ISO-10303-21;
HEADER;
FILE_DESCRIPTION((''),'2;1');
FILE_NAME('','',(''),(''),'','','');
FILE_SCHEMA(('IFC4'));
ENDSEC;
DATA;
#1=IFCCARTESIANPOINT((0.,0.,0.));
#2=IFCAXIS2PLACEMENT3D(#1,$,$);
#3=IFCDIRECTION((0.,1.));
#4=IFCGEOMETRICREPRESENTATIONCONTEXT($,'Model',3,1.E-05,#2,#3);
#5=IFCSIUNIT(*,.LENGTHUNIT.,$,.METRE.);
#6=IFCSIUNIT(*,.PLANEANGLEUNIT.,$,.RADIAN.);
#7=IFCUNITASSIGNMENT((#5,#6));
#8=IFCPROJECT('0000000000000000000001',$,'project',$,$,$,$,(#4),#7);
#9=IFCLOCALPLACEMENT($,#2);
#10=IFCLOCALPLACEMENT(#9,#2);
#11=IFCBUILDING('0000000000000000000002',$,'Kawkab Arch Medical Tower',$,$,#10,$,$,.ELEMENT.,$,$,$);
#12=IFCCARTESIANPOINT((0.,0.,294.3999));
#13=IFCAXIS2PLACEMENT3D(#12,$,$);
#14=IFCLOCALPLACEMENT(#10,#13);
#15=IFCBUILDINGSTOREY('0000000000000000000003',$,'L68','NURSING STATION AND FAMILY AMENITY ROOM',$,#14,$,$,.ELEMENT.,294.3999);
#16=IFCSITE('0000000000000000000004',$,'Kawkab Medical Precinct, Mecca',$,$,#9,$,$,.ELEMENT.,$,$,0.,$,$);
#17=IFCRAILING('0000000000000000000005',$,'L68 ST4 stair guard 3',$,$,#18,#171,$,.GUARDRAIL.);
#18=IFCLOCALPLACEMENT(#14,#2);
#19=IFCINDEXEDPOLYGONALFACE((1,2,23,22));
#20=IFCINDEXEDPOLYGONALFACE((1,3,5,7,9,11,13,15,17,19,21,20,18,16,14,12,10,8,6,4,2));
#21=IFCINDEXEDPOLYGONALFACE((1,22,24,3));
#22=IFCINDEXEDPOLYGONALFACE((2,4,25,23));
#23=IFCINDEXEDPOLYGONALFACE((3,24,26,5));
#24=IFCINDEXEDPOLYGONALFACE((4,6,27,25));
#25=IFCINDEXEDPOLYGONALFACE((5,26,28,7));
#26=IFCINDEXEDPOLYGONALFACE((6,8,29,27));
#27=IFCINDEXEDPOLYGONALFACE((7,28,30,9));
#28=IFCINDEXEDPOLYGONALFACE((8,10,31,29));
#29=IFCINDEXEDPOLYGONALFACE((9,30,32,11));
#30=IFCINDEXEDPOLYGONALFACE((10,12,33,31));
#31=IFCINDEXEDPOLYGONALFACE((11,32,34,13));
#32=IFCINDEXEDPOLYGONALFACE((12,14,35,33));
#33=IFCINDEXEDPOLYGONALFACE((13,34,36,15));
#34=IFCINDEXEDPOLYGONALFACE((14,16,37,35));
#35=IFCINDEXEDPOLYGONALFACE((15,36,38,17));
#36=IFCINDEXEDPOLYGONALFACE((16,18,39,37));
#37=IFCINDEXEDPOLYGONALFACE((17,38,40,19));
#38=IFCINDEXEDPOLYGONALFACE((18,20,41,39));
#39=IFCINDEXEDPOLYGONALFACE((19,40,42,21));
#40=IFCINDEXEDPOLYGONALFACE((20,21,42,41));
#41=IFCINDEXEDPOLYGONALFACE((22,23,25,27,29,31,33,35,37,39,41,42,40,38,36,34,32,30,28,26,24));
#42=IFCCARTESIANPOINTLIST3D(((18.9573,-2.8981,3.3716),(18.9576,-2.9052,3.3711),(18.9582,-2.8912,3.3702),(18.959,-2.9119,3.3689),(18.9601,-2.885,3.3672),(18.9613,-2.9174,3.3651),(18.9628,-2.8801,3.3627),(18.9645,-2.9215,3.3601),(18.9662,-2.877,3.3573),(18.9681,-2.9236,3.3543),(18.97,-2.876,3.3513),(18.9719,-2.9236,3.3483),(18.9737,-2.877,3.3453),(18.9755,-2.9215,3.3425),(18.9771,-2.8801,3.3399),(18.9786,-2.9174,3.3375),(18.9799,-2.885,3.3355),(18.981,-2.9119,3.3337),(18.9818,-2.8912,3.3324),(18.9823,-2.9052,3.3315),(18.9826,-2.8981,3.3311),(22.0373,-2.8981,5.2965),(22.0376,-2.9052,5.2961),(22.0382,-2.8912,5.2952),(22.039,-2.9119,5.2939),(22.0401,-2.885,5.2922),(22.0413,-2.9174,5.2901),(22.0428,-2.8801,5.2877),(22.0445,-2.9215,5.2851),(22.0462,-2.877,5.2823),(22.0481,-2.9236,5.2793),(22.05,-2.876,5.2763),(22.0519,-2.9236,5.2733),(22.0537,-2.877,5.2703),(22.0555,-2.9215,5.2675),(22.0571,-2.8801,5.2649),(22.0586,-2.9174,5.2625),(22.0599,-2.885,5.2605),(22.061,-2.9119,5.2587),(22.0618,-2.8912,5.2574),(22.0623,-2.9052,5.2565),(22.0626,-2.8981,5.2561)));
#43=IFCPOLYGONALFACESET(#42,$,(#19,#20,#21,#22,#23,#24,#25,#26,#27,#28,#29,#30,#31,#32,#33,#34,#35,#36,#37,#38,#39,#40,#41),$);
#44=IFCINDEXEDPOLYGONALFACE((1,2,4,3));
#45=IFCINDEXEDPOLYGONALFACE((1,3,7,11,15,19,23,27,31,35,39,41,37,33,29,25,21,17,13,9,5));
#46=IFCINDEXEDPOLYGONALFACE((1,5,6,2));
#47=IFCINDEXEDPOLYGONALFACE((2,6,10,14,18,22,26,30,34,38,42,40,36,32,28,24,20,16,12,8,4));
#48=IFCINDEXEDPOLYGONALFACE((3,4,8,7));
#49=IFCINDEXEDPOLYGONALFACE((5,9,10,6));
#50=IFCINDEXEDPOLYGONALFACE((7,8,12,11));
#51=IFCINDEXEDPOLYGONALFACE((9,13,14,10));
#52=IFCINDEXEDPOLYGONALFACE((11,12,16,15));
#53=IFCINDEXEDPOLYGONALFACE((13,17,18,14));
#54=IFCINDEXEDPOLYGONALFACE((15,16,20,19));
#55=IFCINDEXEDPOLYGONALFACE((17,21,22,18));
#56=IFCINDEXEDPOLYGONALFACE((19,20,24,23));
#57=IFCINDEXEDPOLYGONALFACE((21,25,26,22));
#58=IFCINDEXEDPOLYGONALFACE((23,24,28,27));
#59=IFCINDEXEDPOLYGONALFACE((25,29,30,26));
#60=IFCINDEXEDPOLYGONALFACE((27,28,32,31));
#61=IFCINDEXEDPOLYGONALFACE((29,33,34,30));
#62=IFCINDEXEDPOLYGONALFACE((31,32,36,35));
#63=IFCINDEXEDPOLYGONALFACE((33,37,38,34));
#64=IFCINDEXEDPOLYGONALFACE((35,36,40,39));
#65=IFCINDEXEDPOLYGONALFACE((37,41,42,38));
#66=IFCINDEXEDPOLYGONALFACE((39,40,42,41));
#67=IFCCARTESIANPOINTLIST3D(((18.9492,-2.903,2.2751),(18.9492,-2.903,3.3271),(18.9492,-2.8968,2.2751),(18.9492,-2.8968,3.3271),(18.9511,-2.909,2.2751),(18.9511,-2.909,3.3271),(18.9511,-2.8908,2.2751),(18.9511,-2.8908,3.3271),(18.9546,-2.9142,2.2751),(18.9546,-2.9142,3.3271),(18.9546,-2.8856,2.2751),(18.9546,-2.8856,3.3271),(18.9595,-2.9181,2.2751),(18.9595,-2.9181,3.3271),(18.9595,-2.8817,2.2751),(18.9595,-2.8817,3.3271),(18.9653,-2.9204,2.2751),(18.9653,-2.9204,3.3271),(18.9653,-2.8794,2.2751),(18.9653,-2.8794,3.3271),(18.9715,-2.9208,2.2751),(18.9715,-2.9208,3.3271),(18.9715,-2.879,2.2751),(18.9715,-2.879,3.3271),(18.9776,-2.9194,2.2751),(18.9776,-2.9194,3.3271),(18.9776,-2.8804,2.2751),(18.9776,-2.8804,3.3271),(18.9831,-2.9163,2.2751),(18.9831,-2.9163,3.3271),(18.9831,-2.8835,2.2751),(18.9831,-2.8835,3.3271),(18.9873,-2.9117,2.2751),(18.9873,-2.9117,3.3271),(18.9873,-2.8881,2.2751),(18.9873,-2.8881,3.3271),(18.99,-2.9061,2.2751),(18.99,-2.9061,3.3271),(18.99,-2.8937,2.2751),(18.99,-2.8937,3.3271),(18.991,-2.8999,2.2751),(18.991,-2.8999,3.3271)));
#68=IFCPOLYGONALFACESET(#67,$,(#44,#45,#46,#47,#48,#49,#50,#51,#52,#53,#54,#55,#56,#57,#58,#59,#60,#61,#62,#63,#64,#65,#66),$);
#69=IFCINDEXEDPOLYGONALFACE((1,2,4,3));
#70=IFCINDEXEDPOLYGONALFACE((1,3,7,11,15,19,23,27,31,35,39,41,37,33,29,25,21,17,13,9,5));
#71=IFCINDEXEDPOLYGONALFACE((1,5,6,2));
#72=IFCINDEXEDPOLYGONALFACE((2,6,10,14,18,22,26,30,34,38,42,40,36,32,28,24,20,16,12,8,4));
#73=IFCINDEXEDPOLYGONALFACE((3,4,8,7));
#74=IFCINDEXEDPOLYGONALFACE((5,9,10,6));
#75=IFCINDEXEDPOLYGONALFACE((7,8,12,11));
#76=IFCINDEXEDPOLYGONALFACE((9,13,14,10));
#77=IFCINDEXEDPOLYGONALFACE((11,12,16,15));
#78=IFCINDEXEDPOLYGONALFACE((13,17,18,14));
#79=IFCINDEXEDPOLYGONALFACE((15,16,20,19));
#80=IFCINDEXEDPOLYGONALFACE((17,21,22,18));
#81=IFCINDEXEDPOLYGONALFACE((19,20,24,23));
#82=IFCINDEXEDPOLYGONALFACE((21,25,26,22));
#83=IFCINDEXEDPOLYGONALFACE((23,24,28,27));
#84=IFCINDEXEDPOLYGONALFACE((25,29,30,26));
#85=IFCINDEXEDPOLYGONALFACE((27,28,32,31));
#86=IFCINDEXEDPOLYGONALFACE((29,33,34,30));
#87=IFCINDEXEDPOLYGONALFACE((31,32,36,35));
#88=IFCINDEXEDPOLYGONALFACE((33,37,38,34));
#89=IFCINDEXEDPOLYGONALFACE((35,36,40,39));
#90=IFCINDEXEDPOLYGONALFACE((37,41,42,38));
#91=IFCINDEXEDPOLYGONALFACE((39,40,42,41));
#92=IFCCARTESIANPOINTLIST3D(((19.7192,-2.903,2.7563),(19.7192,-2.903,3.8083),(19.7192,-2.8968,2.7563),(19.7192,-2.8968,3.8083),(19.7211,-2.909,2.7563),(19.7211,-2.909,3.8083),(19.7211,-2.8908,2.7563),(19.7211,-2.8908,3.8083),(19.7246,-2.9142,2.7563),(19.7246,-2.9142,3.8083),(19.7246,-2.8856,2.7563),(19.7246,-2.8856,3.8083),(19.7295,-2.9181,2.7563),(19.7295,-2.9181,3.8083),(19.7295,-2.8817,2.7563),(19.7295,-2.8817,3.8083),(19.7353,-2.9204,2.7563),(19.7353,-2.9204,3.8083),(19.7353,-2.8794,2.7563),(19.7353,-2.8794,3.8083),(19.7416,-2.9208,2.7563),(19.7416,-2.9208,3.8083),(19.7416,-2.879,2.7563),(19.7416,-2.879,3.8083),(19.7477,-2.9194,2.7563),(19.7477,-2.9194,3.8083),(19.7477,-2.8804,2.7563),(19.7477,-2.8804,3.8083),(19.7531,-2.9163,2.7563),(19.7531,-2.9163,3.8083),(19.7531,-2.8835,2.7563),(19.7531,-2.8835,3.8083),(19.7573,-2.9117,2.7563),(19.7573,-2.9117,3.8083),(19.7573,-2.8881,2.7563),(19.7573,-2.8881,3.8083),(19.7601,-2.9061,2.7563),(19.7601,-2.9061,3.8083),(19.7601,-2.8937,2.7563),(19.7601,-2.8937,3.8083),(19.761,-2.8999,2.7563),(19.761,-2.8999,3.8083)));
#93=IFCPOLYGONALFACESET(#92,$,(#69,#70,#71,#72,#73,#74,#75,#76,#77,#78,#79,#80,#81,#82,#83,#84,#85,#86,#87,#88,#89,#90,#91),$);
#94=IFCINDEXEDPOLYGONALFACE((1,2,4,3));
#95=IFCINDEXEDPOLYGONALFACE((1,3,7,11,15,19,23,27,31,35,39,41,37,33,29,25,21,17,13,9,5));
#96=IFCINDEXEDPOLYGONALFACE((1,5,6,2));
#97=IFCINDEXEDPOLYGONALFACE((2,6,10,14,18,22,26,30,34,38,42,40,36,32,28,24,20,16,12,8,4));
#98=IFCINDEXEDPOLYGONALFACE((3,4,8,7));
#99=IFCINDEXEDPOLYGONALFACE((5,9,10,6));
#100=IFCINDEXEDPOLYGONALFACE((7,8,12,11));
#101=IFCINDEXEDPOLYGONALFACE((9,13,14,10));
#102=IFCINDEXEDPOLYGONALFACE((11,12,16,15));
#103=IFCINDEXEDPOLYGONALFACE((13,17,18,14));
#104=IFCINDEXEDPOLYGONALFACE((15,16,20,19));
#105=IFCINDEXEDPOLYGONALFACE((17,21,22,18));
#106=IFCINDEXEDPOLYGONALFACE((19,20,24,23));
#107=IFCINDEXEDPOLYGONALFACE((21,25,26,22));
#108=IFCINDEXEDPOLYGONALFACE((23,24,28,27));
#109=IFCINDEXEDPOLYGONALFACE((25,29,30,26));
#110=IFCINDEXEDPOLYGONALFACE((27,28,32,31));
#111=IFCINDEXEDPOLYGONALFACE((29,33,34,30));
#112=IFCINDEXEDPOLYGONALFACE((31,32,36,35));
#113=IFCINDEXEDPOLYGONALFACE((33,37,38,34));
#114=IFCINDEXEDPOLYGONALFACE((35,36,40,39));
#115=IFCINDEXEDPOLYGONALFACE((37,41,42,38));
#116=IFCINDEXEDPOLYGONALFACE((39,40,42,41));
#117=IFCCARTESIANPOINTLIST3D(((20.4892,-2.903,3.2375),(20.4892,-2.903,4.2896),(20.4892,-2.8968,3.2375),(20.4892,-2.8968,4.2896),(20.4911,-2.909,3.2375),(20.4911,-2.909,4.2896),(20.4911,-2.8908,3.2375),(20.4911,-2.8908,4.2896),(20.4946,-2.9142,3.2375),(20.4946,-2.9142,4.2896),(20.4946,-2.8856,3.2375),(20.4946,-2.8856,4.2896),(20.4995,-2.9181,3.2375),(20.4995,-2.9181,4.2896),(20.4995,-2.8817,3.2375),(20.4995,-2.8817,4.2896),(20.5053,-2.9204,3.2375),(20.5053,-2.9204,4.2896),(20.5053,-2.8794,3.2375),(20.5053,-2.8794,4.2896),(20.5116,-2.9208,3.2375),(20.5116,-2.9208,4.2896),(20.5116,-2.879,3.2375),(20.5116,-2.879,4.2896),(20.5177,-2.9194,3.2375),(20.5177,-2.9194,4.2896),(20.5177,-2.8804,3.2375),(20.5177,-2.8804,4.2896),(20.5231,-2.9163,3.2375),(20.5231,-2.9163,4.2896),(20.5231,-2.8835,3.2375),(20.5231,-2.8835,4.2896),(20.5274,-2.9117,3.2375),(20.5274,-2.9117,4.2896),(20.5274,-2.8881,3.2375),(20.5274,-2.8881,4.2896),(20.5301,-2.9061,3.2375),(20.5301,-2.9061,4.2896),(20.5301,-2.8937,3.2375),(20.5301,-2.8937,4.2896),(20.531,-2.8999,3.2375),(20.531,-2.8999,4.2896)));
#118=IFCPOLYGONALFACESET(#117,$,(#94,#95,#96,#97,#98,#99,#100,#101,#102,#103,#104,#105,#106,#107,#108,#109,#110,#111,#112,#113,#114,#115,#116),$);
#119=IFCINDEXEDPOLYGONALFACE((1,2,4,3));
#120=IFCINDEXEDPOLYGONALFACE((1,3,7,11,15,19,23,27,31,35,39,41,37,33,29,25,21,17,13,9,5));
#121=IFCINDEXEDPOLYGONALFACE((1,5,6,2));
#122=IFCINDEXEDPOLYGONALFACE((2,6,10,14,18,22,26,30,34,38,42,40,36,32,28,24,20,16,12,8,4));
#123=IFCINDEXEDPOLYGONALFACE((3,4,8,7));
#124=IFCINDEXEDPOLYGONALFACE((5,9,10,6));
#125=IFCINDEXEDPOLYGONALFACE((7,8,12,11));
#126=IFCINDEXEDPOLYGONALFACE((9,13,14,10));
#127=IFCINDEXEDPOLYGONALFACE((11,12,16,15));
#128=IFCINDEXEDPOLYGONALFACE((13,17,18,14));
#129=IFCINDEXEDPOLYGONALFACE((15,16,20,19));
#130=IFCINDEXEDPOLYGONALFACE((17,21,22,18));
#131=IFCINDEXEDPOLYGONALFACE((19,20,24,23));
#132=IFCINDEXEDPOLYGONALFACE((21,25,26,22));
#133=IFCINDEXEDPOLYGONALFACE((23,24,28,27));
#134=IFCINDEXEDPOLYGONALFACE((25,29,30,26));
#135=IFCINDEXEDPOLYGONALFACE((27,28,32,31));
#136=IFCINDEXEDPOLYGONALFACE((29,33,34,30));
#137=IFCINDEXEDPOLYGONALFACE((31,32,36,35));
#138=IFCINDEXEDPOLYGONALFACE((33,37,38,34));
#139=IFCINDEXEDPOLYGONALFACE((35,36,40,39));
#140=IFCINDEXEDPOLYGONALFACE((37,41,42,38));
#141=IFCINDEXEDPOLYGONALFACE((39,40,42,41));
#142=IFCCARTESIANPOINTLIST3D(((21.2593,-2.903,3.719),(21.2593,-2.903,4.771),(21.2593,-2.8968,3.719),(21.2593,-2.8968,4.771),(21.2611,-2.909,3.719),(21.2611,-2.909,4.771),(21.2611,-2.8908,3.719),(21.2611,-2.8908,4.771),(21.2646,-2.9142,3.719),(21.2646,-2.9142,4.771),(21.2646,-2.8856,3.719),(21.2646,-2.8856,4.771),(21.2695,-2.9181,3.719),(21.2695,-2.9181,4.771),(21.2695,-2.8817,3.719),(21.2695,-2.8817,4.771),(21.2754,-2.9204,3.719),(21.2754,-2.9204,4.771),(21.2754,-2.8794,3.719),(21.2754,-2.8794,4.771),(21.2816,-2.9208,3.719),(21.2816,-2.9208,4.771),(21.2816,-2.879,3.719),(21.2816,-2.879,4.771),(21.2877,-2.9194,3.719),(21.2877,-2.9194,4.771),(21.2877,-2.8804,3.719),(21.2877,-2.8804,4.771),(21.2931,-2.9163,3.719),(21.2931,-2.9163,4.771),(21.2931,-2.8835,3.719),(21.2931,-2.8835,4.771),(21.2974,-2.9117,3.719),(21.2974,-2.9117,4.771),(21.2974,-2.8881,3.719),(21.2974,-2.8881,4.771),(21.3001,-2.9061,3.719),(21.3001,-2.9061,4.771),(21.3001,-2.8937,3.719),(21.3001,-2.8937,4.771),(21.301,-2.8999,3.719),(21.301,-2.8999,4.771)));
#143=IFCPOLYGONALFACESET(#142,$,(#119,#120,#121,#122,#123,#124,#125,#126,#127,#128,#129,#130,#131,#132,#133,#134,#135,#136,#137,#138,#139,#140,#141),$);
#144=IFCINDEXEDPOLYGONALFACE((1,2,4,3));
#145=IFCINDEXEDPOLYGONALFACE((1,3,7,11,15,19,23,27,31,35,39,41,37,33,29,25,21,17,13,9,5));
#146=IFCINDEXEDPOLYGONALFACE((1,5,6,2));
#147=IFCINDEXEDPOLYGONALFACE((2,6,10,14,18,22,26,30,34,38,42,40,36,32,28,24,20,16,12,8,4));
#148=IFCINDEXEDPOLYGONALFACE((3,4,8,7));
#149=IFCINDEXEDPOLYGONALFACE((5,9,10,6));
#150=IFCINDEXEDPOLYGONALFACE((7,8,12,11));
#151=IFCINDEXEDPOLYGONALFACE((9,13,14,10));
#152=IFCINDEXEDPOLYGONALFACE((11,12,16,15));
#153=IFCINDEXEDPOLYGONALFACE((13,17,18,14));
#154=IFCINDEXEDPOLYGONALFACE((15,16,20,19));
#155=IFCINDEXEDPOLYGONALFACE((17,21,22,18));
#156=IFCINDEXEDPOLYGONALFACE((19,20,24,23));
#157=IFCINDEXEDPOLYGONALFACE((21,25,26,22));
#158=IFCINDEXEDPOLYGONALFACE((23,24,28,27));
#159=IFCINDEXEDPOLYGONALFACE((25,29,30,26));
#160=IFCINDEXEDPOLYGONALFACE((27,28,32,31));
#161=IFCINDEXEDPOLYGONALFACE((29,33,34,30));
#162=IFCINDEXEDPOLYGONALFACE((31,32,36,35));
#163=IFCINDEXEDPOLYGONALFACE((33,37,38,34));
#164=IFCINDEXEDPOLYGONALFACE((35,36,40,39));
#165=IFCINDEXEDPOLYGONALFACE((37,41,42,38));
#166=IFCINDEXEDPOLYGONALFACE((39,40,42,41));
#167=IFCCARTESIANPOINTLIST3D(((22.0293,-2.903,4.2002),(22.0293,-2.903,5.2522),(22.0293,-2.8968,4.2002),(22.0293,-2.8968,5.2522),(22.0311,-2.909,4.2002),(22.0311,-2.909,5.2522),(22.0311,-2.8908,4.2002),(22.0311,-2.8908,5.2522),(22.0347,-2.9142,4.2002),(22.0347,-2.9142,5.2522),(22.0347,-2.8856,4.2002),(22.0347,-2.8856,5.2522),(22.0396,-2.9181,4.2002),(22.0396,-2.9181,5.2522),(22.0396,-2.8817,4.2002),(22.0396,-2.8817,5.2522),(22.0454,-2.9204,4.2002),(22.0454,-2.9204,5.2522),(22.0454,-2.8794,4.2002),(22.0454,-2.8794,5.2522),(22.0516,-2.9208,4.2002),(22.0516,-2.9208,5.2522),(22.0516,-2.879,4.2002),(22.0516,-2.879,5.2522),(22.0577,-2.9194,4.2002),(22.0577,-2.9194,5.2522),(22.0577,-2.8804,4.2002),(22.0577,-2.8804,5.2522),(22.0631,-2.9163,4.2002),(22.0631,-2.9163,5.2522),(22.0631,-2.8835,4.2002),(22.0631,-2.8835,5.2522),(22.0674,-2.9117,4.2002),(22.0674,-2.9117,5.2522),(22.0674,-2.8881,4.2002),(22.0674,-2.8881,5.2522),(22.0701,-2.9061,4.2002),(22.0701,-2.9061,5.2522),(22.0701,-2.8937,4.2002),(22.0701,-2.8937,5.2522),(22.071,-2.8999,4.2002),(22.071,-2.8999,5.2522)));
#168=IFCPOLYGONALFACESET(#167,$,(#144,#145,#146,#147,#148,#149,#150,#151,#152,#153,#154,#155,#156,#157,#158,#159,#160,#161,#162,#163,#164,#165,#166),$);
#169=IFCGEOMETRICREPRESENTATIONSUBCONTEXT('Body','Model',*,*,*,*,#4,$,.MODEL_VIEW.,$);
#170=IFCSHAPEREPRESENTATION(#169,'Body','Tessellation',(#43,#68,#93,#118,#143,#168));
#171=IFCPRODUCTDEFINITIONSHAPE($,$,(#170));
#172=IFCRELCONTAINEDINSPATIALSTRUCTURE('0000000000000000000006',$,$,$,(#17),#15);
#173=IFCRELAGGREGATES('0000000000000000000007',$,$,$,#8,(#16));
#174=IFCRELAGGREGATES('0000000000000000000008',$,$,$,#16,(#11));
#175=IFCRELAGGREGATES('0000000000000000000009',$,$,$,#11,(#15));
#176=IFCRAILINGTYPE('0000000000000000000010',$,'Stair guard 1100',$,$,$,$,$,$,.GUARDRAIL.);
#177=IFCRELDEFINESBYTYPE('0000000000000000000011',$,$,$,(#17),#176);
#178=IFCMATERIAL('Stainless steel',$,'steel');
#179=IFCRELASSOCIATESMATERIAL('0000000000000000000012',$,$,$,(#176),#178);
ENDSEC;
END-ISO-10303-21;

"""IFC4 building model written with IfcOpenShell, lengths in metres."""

from ifc_helpers import new_model, si_unit, direction, frame, origin, origin_2d, place, context, subcontext, project, spatial, circle, extrude, material, type_object, element, save


model = new_model("IFC4")

# Units and contexts
model_context = context("Model", 3, precision=1e-05, world=origin(), true_north=direction((0.0, 1.0)))
body_context = subcontext(model_context, "Body", "Model", "MODEL_VIEW")
ifc_project = project(units=[si_unit("LENGTHUNIT", "METRE"), si_unit("PLANEANGLEUNIT", "RADIAN")], contexts=[model_context])

# Site, building, storey
site_placement = place(None, origin())
site = spatial("IfcSite", under=ifc_project, at=site_placement, Name="Kawkab Medical Precinct, Mecca", CompositionType="ELEMENT", RefElevation=0.0)
building_placement = place(site_placement, origin())
building = spatial("IfcBuilding", under=site, at=building_placement, Name="Kawkab Arch Medical Tower", CompositionType="ELEMENT")
storey_placement = place(building_placement, frame((0.0, 0.0, 294.3999)))
storey = spatial("IfcBuildingStorey", under=building, at=storey_placement, Name="L68", Description="NURSING STATION AND FAMILY AMENITY ROOM", CompositionType="ELEMENT", Elevation=294.3999)

# Railing
ifc_material_1 = material(Name="Stainless steel", Category="steel")
railing_type_1 = type_object("IfcRailingType", Name="Stair guard 1100", PredefinedType="GUARDRAIL", material=ifc_material_1)
railing_1_placement = place(storey_placement, frame((18.97, -2.8999, 2.2751)))
element("IfcRailing", 1, at=railing_1_placement, inside=storey, type_object=railing_type_1, Name="L68 ST4 stair guard 3", PredefinedType="GUARDRAIL", context=body_context, shape_type="SweptSolid", body=[
    extrude(circle(Radius=0.0239, at=origin_2d()), frame((0.0, 0.0, 1.0762), z_axis=(0.847998, 0.0, 0.529999), x_axis=(0.0, 1.0, 0.0)), (0.0, 0.0, 1.0), 3.6321),
    extrude(circle(Radius=0.021, at=origin_2d()), origin(), (0.0, 0.0, 1.0), 1.052),
    extrude(circle(Radius=0.021, at=origin_2d()), frame((0.77, 0.0, 0.4812)), (0.0, 0.0, 1.0), 1.052),
    extrude(circle(Radius=0.021, at=origin_2d()), frame((1.54, 0.0, 0.9624)), (0.0, 0.0, 1.0), 1.052),
    extrude(circle(Radius=0.021, at=origin_2d()), frame((2.3101, 0.0, 1.4438)), (0.0, 0.0, 1.0), 1.052),
    extrude(circle(Radius=0.021, at=origin_2d()), frame((3.0801, 0.0, 1.925)), (0.0, 0.0, 1.0), 1.052),
])

save(model, "model.ifc")
